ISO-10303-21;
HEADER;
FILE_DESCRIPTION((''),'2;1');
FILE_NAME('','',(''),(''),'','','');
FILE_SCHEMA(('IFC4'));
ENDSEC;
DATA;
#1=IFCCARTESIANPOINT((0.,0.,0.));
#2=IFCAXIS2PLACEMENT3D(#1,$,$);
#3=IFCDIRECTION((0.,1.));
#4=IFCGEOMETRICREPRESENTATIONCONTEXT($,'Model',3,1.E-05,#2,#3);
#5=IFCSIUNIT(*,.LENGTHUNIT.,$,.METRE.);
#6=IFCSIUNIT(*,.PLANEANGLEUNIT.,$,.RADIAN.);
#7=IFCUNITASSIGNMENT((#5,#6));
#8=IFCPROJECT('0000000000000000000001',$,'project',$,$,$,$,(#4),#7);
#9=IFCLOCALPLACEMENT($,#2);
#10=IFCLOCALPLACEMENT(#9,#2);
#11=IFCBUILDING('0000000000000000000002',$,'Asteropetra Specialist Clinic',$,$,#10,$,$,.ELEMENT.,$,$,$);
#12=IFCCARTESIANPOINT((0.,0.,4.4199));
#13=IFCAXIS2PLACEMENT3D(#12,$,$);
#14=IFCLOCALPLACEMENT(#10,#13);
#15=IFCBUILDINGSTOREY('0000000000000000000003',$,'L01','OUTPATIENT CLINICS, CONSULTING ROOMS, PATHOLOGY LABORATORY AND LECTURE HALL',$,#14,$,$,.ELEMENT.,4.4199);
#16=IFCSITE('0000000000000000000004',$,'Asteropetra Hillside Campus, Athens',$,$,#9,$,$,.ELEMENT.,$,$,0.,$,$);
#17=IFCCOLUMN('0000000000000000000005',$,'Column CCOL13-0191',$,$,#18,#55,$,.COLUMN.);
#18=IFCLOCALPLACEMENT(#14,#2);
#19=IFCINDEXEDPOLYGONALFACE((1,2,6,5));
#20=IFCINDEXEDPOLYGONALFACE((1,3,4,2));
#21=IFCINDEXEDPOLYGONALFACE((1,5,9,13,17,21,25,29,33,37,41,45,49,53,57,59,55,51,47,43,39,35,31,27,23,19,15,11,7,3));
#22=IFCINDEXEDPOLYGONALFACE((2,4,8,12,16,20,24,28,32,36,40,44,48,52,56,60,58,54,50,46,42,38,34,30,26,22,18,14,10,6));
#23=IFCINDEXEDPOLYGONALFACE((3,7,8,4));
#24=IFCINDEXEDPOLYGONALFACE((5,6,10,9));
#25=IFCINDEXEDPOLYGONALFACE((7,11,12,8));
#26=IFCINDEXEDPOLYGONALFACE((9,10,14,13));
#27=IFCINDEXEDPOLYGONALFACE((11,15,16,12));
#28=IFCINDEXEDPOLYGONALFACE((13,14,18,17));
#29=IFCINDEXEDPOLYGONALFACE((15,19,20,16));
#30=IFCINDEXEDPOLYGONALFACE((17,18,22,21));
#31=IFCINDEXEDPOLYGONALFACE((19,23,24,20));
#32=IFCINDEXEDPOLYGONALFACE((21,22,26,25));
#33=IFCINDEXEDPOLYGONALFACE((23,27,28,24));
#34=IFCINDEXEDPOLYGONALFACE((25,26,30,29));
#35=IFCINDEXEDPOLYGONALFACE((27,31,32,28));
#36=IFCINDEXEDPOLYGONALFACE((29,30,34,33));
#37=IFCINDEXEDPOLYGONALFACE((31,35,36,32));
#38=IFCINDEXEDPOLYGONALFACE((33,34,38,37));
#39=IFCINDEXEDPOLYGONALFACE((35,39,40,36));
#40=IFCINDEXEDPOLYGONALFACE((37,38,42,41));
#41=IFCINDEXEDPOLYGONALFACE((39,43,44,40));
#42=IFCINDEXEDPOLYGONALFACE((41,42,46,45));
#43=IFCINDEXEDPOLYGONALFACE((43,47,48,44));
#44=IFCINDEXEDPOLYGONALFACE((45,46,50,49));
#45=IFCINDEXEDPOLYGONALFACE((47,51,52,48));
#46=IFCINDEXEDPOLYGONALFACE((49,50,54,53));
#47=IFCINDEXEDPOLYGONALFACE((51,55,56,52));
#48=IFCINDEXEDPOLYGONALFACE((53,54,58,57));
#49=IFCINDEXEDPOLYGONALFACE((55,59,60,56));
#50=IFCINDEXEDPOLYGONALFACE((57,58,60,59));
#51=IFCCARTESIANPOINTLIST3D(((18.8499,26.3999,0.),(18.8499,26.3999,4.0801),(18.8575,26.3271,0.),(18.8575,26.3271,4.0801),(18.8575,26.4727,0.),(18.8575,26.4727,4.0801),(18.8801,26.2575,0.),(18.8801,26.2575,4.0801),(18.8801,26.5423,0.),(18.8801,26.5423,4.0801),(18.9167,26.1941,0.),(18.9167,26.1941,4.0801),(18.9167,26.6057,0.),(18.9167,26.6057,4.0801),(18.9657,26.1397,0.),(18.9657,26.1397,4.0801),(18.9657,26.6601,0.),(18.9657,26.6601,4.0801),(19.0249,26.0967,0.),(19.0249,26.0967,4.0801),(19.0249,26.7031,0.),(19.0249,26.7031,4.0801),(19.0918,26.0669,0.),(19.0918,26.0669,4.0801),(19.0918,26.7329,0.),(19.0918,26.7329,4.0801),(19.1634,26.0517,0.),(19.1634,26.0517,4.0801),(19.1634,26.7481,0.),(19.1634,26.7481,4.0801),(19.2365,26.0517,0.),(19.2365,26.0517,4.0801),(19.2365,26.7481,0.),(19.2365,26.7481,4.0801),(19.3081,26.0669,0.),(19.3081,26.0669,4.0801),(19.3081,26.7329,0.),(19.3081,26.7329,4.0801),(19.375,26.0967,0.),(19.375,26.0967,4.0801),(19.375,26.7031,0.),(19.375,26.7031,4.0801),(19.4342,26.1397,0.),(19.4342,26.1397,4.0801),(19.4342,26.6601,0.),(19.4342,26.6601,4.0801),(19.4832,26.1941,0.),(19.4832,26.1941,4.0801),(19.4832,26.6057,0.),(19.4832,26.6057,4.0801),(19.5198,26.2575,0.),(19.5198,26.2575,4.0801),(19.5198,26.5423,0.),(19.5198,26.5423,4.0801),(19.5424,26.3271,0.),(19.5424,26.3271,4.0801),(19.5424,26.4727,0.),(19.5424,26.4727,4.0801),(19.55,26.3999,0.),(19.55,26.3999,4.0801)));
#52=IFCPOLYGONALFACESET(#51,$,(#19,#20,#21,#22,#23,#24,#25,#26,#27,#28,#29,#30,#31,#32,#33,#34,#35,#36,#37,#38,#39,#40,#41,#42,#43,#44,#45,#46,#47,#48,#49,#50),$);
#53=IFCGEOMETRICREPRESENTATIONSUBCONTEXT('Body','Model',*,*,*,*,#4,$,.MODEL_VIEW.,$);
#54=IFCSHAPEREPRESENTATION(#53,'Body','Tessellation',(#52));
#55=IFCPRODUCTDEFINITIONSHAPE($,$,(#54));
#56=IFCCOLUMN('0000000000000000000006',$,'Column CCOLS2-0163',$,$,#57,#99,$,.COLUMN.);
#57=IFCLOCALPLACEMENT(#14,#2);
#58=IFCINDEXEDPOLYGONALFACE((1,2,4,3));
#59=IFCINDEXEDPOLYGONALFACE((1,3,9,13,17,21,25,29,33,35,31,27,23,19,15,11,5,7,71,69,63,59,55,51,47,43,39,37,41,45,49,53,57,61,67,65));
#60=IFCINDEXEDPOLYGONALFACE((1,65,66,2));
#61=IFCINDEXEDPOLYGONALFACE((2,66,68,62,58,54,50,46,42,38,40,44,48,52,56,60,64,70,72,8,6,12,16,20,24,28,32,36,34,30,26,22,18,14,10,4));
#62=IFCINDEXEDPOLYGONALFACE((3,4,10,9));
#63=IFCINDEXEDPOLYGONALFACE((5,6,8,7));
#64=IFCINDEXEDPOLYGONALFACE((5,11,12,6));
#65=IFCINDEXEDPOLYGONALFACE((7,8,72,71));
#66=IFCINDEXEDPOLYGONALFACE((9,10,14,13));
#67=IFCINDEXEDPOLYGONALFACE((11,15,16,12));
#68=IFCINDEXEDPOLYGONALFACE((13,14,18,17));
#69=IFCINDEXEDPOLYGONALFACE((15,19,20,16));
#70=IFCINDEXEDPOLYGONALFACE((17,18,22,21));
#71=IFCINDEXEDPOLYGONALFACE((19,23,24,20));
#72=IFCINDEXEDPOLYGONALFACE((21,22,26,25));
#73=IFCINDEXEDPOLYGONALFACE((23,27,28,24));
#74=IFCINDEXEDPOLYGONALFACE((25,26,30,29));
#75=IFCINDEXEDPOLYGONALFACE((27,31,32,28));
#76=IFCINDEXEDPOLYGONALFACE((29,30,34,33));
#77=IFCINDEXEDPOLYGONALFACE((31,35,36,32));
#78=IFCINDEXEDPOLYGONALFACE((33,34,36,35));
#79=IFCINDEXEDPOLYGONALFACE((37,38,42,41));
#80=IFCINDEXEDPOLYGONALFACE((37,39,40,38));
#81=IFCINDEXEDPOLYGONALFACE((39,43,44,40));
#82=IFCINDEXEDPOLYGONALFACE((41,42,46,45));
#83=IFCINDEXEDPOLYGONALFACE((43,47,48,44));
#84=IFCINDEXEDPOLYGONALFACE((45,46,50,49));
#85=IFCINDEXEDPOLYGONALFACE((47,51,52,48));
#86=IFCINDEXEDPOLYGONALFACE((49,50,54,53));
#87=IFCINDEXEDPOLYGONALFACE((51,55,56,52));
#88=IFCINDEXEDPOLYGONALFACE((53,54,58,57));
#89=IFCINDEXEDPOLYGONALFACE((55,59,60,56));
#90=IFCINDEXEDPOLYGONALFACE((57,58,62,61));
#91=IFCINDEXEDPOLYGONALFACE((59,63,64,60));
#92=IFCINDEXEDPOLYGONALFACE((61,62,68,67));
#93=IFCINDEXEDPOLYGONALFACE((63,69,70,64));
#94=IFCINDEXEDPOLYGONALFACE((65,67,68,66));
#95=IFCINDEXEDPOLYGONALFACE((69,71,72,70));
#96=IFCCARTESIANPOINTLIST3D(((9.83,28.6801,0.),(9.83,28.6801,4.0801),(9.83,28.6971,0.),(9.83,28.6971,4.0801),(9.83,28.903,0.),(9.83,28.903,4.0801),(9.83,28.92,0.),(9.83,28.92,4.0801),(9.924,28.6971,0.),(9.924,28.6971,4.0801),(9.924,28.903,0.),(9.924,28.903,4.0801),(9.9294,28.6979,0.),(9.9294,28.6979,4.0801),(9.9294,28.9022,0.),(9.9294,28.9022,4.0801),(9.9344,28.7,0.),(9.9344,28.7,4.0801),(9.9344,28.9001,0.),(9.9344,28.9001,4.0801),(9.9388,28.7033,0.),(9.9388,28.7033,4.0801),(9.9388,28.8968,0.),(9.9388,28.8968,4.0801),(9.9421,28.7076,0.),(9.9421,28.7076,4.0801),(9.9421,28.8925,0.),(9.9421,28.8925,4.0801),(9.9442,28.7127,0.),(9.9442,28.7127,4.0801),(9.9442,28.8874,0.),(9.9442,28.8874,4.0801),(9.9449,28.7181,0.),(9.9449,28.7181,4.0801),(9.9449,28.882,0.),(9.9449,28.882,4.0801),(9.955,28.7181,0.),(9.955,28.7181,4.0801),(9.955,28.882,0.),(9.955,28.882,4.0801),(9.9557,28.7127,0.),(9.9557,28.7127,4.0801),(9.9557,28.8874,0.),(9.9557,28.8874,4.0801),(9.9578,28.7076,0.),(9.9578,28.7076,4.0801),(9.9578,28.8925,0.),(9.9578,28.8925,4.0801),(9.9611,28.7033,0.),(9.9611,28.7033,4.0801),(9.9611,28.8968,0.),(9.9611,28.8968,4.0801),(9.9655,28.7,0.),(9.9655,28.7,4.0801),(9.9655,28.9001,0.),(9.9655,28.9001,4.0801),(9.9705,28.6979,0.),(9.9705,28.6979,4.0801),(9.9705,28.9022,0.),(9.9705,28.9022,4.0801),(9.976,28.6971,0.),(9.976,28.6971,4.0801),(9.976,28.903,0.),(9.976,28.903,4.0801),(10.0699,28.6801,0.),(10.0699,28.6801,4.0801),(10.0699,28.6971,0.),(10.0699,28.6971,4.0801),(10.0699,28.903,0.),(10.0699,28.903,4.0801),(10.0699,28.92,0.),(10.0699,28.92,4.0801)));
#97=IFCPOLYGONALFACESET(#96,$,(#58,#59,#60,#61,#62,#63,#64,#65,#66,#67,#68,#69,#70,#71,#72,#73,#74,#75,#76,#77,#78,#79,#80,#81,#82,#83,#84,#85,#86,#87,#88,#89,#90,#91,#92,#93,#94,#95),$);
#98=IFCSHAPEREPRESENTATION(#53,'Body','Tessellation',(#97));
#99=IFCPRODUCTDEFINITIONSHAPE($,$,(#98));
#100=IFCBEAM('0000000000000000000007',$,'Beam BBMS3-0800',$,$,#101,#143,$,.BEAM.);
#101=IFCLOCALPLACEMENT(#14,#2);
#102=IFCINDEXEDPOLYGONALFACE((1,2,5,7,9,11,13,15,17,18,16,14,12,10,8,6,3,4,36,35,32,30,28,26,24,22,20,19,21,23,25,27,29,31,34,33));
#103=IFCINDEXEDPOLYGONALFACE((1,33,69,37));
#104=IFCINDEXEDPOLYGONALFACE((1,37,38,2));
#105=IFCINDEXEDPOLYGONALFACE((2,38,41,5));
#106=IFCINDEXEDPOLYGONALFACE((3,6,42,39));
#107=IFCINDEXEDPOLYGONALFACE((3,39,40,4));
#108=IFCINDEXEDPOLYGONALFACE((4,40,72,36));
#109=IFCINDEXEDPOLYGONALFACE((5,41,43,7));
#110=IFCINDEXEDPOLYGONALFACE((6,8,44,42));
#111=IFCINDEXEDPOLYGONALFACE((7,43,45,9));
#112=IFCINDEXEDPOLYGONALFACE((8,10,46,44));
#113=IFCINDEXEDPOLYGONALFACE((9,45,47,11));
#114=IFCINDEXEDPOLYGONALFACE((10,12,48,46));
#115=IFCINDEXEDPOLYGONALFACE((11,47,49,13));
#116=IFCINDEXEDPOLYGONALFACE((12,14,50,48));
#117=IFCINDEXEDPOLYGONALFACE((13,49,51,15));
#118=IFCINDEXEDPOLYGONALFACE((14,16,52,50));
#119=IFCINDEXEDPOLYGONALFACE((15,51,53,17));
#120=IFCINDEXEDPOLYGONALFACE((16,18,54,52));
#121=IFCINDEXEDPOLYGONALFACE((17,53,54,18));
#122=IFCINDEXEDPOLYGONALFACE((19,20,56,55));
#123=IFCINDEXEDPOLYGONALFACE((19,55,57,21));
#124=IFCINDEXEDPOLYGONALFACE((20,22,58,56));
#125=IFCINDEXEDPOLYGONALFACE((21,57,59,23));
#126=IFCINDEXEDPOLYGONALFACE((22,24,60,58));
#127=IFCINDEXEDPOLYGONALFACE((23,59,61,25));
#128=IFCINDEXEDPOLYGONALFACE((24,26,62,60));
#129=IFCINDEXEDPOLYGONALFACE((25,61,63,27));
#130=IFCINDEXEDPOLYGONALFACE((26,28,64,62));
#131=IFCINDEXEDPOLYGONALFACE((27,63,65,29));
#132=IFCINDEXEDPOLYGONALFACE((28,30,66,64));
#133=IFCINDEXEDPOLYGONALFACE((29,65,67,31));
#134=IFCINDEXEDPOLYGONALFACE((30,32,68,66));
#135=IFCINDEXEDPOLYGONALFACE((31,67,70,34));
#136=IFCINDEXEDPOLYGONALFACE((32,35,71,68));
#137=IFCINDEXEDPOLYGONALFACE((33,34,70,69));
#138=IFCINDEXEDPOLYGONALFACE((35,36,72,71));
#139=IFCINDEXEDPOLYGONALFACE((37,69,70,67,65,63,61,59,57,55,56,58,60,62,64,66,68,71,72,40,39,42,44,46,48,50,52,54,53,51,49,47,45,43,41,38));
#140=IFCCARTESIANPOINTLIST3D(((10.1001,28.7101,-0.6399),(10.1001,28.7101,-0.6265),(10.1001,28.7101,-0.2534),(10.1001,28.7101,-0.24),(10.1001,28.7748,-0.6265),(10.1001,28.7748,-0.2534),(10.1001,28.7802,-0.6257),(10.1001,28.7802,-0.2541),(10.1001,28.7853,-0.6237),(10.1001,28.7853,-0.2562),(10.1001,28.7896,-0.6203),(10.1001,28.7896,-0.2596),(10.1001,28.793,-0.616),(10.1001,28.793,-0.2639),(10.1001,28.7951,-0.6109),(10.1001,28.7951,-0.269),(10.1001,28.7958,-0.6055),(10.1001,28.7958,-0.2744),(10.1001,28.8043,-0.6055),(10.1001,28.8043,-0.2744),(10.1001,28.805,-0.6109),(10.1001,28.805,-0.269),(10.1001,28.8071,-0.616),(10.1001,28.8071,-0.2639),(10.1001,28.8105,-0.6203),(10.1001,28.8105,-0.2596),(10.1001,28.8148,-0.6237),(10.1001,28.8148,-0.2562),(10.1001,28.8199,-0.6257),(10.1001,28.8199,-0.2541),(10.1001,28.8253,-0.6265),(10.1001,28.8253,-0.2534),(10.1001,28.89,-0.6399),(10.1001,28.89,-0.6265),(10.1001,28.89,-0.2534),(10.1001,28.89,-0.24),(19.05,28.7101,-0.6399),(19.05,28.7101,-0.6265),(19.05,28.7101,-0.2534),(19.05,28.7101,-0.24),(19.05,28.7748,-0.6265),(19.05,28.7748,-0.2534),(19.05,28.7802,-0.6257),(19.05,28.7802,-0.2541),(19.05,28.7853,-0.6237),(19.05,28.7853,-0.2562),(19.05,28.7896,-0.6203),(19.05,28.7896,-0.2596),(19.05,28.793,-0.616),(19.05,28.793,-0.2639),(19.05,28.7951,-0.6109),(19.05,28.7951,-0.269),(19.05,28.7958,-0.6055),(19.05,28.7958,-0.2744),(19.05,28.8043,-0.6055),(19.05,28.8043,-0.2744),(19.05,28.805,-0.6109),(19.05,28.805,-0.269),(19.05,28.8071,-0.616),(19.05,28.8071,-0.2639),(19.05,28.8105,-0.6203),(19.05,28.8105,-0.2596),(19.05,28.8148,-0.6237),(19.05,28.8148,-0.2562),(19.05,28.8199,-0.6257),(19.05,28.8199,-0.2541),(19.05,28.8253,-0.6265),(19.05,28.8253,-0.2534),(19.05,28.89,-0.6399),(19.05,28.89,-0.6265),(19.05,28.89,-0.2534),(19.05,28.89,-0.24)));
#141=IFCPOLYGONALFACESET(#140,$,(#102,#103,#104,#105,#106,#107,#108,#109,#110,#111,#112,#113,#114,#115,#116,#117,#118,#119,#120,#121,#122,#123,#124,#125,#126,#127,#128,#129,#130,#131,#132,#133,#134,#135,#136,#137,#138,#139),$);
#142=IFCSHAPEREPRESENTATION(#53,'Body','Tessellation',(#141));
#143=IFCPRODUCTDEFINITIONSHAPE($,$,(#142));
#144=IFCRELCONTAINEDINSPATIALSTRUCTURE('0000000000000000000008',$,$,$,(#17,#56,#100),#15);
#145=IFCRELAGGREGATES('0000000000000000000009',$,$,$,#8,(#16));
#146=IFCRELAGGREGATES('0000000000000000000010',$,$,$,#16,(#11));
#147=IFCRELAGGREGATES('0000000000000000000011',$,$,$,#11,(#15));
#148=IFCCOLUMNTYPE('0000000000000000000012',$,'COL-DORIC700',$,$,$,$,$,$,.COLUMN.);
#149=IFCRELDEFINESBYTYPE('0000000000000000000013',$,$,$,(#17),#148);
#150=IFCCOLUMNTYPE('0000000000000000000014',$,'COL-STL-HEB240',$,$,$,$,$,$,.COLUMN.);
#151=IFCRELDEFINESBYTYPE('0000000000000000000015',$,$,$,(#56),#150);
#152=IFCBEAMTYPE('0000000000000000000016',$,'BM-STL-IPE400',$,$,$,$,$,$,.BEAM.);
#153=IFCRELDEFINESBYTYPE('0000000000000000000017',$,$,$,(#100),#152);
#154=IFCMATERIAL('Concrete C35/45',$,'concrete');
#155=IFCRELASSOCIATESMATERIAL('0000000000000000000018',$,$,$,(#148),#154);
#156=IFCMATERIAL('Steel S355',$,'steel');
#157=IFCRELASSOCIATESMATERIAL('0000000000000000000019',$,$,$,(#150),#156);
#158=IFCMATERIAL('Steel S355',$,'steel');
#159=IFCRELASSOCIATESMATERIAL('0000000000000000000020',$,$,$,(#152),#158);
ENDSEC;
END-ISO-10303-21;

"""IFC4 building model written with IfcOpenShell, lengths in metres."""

from ifc_helpers import new_model, si_unit, direction, frame, origin, origin_2d, place, context, subcontext, project, spatial, circle, i_section, extrude, material, material_profile, profile_set, type_object, element, save


model = new_model("IFC4")

# Units and contexts
model_context = context("Model", 3, precision=1e-05, world=origin(), true_north=direction((0.0, 1.0)))
body_context = subcontext(model_context, "Body", "Model", "MODEL_VIEW")
ifc_project = project(units=[si_unit("LENGTHUNIT", "METRE"), si_unit("PLANEANGLEUNIT", "RADIAN")], contexts=[model_context])

# Site, building, storey
site_placement = place(None, origin())
site = spatial("IfcSite", under=ifc_project, at=site_placement, Name="Asteropetra Hillside Campus, Athens", CompositionType="ELEMENT", RefElevation=0.0)
building_placement = place(site_placement, origin())
building = spatial("IfcBuilding", under=site, at=building_placement, Name="Asteropetra Specialist Clinic", CompositionType="ELEMENT")
storey_placement = place(building_placement, frame((0.0, 0.0, 4.4199)))
storey = spatial("IfcBuildingStorey", under=building, at=storey_placement, Name="L01", Description="OUTPATIENT CLINICS, CONSULTING ROOMS, PATHOLOGY LABORATORY AND LECTURE HALL", CompositionType="ELEMENT", Elevation=4.4199)

# Columns
ifc_material_1 = material(Name="Concrete C35/45", Category="concrete")
ifc_material_profile_1 = material_profile(ifc_material_1, circle(Radius=0.3501, at=origin_2d()), Name="RCC D700")
ifc_profile_set_1 = profile_set([ifc_material_profile_1], Name="Concrete C35/45")
column_type_1 = type_object("IfcColumnType", Name="COL-DORIC700", PredefinedType="COLUMN", material=ifc_profile_set_1)
column_1_placement = place(storey_placement, frame((19.2, 26.3999, 0.0), z_axis=(0.0, 0.0, 1.0), x_axis=(1.0, 0.0, 0.0)))
element("IfcColumn", 1, at=column_1_placement, inside=storey, type_object=column_type_1, Name="Column CCOL13-0191", PredefinedType="COLUMN", context=body_context, shape_type="SweptSolid", body=[
    extrude(circle(Radius=0.3501, at=origin_2d()), origin(), (0.0, 0.0, 1.0), 4.0801),
])
ifc_material_2 = material(Name="Steel S355", Category="steel")
ifc_material_profile_2 = material_profile(ifc_material_2, i_section(OverallWidth=0.24, OverallDepth=0.24, WebThickness=0.01, FlangeThickness=0.0171, FilletRadius=0.021, at=origin_2d()), Name="HEB 240")
ifc_profile_set_2 = profile_set([ifc_material_profile_2], Name="Steel S355")
column_type_2 = type_object("IfcColumnType", Name="COL-STL-HEB240", PredefinedType="COLUMN", material=ifc_profile_set_2)
column_2_placement = place(storey_placement, frame((9.95, 28.8, 0.0), z_axis=(0.0, 0.0, 1.0), x_axis=(1.0, 0.0, 0.0)))
element("IfcColumn", 2, at=column_2_placement, inside=storey, type_object=column_type_2, Name="Column CCOLS2-0163", PredefinedType="COLUMN", context=body_context, shape_type="SweptSolid", body=[
    extrude(i_section(OverallWidth=0.24, OverallDepth=0.24, WebThickness=0.01, FlangeThickness=0.0171, FilletRadius=0.021, at=origin_2d()), origin(), (0.0, 0.0, 1.0), 4.0801),
])

# Beam
ifc_material_3 = material(Name="Steel S355", Category="steel")
ifc_material_profile_3 = material_profile(ifc_material_3, i_section(OverallWidth=0.1799, OverallDepth=0.3999, WebThickness=0.0085, FlangeThickness=0.0134, FilletRadius=0.021, at=origin_2d()), Name="IPE 400")
ifc_profile_set_3 = profile_set([ifc_material_profile_3], Name="Steel S355")
beam_type_1 = type_object("IfcBeamType", Name="BM-STL-IPE400", PredefinedType="BEAM", material=ifc_profile_set_3)
beam_1_placement = place(storey_placement, frame((10.1001, 28.8, -0.4399), z_axis=(1.0, 0.0, 0.0), x_axis=(0.0, 1.0, 0.0)))
element("IfcBeam", 3, at=beam_1_placement, inside=storey, type_object=beam_type_1, Name="Beam BBMS3-0800", PredefinedType="BEAM", context=body_context, shape_type="SweptSolid", body=[
    extrude(i_section(OverallWidth=0.1799, OverallDepth=0.3999, WebThickness=0.0085, FlangeThickness=0.0134, FilletRadius=0.021, at=origin_2d()), origin(), (0.0, 0.0, 1.0), 8.95),
])

save(model, "model.ifc")
